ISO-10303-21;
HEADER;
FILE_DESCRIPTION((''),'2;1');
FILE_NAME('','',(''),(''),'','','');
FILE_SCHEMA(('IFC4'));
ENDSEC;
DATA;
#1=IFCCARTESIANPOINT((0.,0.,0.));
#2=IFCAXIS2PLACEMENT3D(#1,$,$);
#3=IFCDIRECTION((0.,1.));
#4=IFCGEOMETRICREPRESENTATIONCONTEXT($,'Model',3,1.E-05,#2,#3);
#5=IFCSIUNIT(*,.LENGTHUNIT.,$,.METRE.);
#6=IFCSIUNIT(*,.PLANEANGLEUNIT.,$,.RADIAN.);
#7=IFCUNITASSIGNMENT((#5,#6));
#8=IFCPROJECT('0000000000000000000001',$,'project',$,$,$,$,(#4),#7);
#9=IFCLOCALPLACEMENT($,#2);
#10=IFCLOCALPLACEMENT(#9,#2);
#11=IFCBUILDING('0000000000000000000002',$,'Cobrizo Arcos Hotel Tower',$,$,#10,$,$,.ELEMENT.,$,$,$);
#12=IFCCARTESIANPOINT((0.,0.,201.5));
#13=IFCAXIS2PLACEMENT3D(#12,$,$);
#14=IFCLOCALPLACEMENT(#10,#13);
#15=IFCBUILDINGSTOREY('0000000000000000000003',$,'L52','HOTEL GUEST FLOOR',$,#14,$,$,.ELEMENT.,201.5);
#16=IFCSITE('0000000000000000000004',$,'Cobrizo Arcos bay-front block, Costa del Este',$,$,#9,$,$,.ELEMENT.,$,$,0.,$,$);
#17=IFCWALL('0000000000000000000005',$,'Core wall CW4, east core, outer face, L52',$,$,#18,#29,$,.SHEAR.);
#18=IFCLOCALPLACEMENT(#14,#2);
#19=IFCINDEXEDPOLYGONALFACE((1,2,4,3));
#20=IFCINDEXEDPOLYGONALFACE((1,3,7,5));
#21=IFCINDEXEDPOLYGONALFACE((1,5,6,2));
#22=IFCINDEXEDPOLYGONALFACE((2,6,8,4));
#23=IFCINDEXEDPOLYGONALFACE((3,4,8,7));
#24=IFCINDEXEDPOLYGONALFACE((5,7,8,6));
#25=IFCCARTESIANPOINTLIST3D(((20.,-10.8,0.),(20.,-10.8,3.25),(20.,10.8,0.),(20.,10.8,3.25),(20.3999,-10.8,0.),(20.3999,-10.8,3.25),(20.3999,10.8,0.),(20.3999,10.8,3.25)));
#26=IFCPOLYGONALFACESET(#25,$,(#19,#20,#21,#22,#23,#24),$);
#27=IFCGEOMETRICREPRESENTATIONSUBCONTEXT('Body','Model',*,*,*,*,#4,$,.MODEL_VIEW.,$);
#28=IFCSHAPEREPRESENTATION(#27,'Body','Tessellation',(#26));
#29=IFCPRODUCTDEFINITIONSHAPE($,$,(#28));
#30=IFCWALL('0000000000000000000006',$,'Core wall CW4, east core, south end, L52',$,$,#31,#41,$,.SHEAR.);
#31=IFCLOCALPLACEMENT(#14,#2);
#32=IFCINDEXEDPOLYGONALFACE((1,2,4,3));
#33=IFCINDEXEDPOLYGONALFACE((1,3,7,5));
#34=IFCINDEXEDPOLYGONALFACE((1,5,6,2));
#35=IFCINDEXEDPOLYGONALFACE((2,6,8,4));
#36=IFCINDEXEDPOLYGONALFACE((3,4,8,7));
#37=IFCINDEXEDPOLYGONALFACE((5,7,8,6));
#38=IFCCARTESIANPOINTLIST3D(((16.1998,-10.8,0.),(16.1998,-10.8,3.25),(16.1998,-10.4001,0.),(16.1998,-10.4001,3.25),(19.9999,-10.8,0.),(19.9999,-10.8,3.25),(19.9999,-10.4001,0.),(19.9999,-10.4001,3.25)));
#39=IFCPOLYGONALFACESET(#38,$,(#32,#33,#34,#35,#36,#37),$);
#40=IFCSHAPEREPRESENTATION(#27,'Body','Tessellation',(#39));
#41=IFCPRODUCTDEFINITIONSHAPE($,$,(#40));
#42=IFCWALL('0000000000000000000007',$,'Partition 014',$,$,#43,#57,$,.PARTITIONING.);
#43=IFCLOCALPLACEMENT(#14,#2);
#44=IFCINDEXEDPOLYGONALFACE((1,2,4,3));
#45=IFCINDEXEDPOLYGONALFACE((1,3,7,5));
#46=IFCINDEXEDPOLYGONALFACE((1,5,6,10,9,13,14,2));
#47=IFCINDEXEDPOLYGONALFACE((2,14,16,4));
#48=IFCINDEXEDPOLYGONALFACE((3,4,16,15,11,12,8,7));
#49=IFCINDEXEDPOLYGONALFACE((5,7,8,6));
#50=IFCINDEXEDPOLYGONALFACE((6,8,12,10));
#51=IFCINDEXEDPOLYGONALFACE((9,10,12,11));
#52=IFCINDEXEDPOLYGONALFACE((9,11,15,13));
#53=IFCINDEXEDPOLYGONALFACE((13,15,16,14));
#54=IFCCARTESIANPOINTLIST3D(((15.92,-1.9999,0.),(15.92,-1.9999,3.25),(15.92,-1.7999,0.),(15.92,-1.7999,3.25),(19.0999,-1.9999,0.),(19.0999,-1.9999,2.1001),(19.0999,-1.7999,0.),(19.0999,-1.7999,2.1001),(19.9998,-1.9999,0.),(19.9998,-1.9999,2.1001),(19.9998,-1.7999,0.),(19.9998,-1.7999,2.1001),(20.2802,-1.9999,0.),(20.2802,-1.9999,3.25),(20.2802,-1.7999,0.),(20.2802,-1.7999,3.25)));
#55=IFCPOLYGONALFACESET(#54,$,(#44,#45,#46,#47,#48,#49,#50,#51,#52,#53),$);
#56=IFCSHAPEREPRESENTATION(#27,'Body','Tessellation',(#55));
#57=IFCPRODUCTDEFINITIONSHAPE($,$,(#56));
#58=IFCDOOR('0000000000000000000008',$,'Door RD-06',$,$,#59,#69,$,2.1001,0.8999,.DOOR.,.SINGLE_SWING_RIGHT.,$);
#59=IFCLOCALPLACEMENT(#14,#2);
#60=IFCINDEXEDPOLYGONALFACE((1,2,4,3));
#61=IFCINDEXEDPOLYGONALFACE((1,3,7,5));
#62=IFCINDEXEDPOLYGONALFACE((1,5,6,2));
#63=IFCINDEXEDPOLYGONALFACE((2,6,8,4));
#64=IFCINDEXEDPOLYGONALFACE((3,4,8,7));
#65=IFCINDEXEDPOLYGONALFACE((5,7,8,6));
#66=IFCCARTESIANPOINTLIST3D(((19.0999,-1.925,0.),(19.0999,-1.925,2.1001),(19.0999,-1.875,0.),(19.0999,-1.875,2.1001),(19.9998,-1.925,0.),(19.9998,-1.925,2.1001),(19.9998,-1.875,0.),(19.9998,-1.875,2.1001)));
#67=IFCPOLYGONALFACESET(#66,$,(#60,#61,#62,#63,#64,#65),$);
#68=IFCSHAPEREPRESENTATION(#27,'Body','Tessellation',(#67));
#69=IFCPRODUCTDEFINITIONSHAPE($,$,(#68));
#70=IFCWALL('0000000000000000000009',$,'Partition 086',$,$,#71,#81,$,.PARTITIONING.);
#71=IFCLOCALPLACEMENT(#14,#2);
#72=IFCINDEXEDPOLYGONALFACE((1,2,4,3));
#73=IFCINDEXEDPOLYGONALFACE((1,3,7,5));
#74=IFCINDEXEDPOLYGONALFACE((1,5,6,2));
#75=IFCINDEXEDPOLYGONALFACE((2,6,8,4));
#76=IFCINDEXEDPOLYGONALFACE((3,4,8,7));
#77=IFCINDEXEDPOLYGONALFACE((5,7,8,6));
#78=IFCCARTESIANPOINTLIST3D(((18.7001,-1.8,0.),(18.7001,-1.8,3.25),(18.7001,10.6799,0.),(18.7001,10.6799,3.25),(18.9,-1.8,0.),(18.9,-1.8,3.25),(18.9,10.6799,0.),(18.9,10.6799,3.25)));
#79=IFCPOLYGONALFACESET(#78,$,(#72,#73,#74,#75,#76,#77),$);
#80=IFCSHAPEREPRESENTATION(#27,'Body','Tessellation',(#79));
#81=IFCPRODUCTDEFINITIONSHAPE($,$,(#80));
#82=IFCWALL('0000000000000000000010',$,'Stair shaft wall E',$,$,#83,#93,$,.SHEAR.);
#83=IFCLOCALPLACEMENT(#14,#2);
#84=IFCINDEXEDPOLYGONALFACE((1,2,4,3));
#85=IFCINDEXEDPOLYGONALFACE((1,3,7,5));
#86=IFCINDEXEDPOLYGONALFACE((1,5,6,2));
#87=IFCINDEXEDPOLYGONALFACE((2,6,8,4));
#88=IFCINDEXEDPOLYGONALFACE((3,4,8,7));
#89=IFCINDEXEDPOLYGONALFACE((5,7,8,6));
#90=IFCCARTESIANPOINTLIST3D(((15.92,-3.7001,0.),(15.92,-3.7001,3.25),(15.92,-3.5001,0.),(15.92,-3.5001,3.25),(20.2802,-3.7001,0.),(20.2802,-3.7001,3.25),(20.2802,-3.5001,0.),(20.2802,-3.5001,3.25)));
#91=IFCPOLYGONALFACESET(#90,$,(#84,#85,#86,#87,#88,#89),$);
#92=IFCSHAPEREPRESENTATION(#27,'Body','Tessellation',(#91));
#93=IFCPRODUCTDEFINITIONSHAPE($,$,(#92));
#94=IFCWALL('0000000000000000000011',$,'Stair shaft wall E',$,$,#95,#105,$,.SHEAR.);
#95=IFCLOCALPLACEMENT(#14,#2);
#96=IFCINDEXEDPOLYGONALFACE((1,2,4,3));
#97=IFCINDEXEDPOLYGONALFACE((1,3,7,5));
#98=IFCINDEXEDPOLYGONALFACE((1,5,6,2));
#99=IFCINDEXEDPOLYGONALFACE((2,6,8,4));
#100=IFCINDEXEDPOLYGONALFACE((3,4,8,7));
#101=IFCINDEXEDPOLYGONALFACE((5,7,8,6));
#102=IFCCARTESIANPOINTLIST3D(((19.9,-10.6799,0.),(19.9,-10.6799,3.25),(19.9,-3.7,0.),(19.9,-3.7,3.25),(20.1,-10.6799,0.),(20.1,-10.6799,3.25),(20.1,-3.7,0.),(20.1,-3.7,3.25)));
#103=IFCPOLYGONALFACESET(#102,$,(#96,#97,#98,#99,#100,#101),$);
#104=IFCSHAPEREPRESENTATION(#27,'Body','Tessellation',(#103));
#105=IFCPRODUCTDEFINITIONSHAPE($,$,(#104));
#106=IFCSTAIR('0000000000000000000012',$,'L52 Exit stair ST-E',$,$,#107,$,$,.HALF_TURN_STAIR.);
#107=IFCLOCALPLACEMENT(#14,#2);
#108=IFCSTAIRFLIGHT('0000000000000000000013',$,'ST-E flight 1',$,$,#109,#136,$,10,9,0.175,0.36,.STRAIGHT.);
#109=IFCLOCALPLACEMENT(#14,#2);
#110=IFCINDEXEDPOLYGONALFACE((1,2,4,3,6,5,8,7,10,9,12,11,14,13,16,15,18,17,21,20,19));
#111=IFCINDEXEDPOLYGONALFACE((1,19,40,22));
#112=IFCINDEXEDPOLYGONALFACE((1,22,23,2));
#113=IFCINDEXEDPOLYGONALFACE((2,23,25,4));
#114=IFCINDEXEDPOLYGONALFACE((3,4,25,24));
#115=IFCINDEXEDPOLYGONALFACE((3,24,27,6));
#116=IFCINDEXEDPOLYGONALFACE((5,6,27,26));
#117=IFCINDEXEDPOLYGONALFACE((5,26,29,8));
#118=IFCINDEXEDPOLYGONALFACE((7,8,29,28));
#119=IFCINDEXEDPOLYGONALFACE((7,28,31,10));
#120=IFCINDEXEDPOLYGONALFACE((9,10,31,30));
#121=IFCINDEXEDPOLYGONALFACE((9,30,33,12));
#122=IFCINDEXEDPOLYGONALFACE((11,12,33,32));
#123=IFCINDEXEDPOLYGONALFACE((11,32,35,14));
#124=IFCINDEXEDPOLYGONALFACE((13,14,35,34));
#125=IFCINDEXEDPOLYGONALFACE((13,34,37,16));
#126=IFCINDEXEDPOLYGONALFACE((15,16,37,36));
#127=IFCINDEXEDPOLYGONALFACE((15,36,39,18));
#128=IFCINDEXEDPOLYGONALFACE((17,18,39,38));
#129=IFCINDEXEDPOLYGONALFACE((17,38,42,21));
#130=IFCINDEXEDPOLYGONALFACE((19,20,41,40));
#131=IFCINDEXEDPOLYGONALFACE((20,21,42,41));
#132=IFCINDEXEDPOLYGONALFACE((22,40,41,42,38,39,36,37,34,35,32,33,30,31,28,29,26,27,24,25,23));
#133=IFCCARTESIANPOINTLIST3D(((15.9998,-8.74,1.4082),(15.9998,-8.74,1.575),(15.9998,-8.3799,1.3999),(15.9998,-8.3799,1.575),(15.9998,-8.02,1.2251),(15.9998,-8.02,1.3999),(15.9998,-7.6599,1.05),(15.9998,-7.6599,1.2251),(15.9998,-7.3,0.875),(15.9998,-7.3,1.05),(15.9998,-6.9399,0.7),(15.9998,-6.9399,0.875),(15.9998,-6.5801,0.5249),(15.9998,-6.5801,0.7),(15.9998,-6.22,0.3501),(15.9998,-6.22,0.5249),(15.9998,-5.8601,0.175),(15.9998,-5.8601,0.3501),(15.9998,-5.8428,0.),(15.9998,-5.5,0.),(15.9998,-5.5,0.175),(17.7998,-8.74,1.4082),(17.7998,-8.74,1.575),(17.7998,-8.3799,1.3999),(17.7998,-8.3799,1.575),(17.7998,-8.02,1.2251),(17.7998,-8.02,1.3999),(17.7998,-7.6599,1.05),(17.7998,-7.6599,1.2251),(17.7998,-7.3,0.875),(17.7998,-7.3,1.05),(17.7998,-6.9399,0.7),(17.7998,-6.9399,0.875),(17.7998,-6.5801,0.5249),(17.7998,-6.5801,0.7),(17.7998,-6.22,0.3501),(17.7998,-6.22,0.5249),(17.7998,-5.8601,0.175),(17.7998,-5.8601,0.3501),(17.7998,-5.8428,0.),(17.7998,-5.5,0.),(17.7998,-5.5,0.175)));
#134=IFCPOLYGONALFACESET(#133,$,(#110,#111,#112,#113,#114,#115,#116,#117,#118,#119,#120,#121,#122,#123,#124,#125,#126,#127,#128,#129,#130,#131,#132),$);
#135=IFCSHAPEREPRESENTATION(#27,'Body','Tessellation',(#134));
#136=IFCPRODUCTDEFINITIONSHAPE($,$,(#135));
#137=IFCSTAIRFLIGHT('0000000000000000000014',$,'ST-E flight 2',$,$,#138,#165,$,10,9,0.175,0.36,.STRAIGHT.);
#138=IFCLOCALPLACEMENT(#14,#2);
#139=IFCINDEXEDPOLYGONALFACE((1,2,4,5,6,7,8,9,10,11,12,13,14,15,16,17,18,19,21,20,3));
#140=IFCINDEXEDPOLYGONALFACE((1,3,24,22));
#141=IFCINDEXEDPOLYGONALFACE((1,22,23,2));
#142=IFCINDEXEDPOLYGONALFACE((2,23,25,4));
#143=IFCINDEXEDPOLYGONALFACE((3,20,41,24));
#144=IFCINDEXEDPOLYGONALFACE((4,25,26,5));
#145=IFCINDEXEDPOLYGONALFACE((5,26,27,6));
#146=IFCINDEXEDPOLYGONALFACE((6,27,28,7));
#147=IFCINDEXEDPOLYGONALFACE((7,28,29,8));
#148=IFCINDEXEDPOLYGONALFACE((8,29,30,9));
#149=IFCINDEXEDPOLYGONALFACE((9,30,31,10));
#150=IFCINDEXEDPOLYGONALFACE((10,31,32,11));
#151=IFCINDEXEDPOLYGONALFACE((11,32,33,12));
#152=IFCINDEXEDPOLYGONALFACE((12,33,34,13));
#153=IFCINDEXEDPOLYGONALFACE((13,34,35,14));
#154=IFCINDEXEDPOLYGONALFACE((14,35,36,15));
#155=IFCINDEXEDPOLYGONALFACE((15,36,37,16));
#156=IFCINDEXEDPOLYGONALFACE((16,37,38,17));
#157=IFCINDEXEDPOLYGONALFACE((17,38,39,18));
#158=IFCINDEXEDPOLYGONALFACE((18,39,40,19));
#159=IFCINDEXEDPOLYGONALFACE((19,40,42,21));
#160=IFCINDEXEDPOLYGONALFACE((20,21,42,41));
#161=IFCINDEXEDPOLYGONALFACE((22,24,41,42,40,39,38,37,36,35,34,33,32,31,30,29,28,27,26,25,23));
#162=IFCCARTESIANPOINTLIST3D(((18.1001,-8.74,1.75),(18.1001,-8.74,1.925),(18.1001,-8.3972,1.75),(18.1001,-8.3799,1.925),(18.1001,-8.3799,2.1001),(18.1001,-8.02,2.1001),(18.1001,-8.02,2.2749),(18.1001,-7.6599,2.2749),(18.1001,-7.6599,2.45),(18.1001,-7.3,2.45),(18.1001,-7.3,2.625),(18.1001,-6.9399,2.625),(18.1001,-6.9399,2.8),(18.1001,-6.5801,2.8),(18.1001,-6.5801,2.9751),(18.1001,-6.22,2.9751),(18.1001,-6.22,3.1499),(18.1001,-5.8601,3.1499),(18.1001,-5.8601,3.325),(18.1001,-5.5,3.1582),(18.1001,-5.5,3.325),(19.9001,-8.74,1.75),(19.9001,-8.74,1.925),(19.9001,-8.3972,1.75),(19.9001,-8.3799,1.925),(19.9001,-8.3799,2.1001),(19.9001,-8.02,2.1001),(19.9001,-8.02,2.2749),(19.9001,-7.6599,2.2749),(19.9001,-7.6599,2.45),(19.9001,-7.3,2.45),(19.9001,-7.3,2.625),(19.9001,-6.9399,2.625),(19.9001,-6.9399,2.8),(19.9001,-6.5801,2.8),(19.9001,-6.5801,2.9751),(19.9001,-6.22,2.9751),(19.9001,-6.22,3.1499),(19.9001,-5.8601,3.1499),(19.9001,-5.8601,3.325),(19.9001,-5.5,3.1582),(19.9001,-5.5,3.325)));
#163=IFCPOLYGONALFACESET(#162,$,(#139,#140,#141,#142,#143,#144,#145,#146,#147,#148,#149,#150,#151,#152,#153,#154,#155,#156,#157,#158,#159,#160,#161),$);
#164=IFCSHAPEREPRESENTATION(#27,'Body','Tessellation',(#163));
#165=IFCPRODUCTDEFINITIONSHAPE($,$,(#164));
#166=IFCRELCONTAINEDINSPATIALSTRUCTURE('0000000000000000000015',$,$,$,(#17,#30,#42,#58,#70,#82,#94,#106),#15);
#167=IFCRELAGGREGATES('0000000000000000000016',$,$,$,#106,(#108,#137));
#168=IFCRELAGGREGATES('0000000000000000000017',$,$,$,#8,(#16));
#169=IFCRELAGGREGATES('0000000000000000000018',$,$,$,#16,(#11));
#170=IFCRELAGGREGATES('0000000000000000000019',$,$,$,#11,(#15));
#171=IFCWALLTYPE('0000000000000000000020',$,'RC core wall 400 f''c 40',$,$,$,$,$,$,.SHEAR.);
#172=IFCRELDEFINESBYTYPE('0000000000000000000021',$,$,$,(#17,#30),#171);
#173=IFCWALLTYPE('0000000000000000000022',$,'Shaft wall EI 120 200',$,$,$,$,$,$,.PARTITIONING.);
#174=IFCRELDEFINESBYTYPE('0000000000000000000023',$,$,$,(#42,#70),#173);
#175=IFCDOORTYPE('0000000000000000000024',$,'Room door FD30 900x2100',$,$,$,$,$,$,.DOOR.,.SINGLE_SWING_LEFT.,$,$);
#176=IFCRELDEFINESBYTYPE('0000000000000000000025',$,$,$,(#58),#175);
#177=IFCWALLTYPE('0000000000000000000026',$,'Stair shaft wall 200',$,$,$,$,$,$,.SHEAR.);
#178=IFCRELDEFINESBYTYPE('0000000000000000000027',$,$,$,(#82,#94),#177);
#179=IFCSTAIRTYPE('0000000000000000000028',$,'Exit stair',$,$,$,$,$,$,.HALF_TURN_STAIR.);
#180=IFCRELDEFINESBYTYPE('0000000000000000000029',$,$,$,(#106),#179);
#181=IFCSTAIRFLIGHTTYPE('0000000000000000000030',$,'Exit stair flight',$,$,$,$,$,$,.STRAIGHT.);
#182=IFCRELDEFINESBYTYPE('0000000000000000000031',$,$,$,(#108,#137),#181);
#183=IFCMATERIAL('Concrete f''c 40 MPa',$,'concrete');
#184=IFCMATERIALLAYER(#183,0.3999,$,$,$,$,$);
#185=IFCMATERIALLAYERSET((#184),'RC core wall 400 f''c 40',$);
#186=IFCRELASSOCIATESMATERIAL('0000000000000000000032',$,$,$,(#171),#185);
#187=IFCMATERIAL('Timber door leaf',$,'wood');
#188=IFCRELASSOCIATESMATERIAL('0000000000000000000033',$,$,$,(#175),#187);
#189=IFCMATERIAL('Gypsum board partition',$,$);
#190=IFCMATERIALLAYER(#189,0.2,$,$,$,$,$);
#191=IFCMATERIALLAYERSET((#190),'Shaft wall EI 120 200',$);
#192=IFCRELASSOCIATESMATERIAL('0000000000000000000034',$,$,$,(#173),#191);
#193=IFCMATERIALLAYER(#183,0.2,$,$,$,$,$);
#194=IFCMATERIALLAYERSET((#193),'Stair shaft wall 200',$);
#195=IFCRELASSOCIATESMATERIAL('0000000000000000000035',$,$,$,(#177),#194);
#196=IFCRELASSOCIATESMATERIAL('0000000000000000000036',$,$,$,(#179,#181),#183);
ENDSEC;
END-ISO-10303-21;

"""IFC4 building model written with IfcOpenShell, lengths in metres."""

from ifc_helpers import new_model, si_unit, direction, frame, frame_2d, origin, place, context, subcontext, project, spatial, polyline, rectangle, outline, extrude, material, layer, layer_set, type_object, element, fill, aggregate, save


model = new_model("IFC4")

# Units and contexts
model_context = context("Model", 3, precision=1e-05, world=origin(), true_north=direction((0.0, 1.0)))
body_context = subcontext(model_context, "Body", "Model", "MODEL_VIEW")
ifc_project = project(units=[si_unit("LENGTHUNIT", "METRE"), si_unit("PLANEANGLEUNIT", "RADIAN")], contexts=[model_context])

# Site, building, storey
site_placement = place(None, origin())
site = spatial("IfcSite", under=ifc_project, at=site_placement, Name="Cobrizo Arcos bay-front block, Costa del Este", CompositionType="ELEMENT", RefElevation=0.0)
building_placement = place(site_placement, origin())
building = spatial("IfcBuilding", under=site, at=building_placement, Name="Cobrizo Arcos Hotel Tower", CompositionType="ELEMENT")
storey_placement = place(building_placement, frame((0.0, 0.0, 201.5)))
storey = spatial("IfcBuildingStorey", under=building, at=storey_placement, Name="L52", Description="HOTEL GUEST FLOOR", CompositionType="ELEMENT", Elevation=201.5)

# Shared definitions
ifc_material_1 = material(Name="Gypsum board partition")

# Shared definitions
ifc_material_2 = material(Name="Concrete f'c 40 MPa", Category="concrete")
ifc_layer_1 = layer(ifc_material_2, 0.3999)
ifc_layer_set_1 = layer_set([ifc_layer_1], Name="RC core wall 400 f'c 40")
wall_type_1 = type_object("IfcWallType", Name="RC core wall 400 f'c 40", PredefinedType="SHEAR", material=ifc_layer_set_1)
ifc_material_3 = material(Name="Timber door leaf", Category="wood")
door_type_1 = type_object("IfcDoorType", Name="Room door FD30 900x2100", OperationType="SINGLE_SWING_LEFT", PredefinedType="DOOR", material=ifc_material_3)

# Walls
wall_1_placement = place(storey_placement, frame((20.2, -10.8, 0.0), z_axis=(0.0, 0.0, 1.0), x_axis=(0.0, 1.0, 0.0)))
element("IfcWall", 1, at=wall_1_placement, inside=storey, type_object=wall_type_1, Name="Core wall CW4, east core, outer face, L52", PredefinedType="SHEAR", context=body_context, shape_type="SweptSolid", body=[
    extrude(rectangle(XDim=21.6001, YDim=0.3999, at=frame_2d((10.8, 0.0))), origin(), (0.0, 0.0, 1.0), 3.25),
])
wall_2_placement = place(storey_placement, frame((16.2, -10.6001, 0.0), z_axis=(0.0, 0.0, 1.0), x_axis=(1.0, 0.0, 0.0)))
element("IfcWall", 2, at=wall_2_placement, inside=storey, type_object=wall_type_1, Name="Core wall CW4, east core, south end, L52", PredefinedType="SHEAR", context=body_context, shape_type="SweptSolid", body=[
    extrude(rectangle(XDim=3.8, YDim=0.3999, at=frame_2d((1.8999, 0.0))), origin(), (0.0, 0.0, 1.0), 3.25),
])

# Wall, opening, door
ifc_layer_2 = layer(ifc_material_1, 0.2)
ifc_layer_set_2 = layer_set([ifc_layer_2], Name="Shaft wall EI 120 200")
wall_type_2 = type_object("IfcWallType", Name="Shaft wall EI 120 200", PredefinedType="PARTITIONING", material=ifc_layer_set_2)
wall_3_placement = place(storey_placement, frame((15.9199, -1.8999, 0.0), z_axis=(0.0, 0.0, 1.0), x_axis=(1.0, 0.0, 0.0)))
wall_3 = element("IfcWall", 3, at=wall_3_placement, inside=storey, type_object=wall_type_2, Name="Partition 014", PredefinedType="PARTITIONING", context=body_context, shape_type="SweptSolid", body=[
    extrude(rectangle(XDim=4.3601, YDim=0.2, at=frame_2d((2.1802, 0.0))), origin(), (0.0, 0.0, 1.0), 3.25),
])
opening_1_placement = place(wall_3_placement, frame((3.1799, 0.0, 0.0)))
opening_1 = element("IfcOpeningElement", 4, at=opening_1_placement, cuts=wall_3, PredefinedType="OPENING", context=body_context, shape_type="SweptSolid", body=[
    extrude(rectangle(XDim=0.8999, YDim=2.1001, at=frame_2d((0.45, 1.05))), frame((0.0, 0.1121, 0.0), z_axis=(0.0, -1.0, 0.0), x_axis=(1.0, 0.0, 0.0)), (0.0, 0.0, 1.0), 0.2239),
])
door_1_placement = place(opening_1_placement, origin())
door_1 = element("IfcDoor", 5, at=door_1_placement, inside=storey, type_object=door_type_1, Name="Door RD-06", OperationType="SINGLE_SWING_RIGHT", OverallHeight=2.1001, OverallWidth=0.8999, PredefinedType="DOOR", context=body_context, shape_type="SweptSolid", body=[
    extrude(rectangle(XDim=0.8999, YDim=2.1001, at=frame_2d((0.45, 1.05))), frame((0.0, 0.0249, 0.0), z_axis=(0.0, -1.0, 0.0), x_axis=(1.0, 0.0, 0.0)), (0.0, 0.0, 1.0), 0.05),
])
fill(opening_1, door_1)

# Walls
wall_4_placement = place(storey_placement, frame((18.8, -1.8, 0.0), z_axis=(0.0, 0.0, 1.0), x_axis=(0.0, 1.0, 0.0)))
element("IfcWall", 6, at=wall_4_placement, inside=storey, type_object=wall_type_2, Name="Partition 086", PredefinedType="PARTITIONING", context=body_context, shape_type="SweptSolid", body=[
    extrude(rectangle(XDim=12.48, YDim=0.2, at=frame_2d((6.24, 0.0))), origin(), (0.0, 0.0, 1.0), 3.25),
])
ifc_layer_3 = layer(ifc_material_2, 0.2)
ifc_layer_set_3 = layer_set([ifc_layer_3], Name="Stair shaft wall 200")
wall_type_3 = type_object("IfcWallType", Name="Stair shaft wall 200", PredefinedType="SHEAR", material=ifc_layer_set_3)
wall_5_placement = place(storey_placement, frame((15.9199, -3.6001, 0.0), z_axis=(0.0, 0.0, 1.0), x_axis=(1.0, 0.0, 0.0)))
element("IfcWall", 7, at=wall_5_placement, inside=storey, type_object=wall_type_3, Name="Stair shaft wall E", PredefinedType="SHEAR", context=body_context, shape_type="SweptSolid", body=[
    extrude(rectangle(XDim=4.3601, YDim=0.2, at=frame_2d((2.1802, 0.0))), origin(), (0.0, 0.0, 1.0), 3.25),
])
wall_6_placement = place(storey_placement, frame((20.0, -10.6799, 0.0), z_axis=(0.0, 0.0, 1.0), x_axis=(0.0, 1.0, 0.0)))
element("IfcWall", 8, at=wall_6_placement, inside=storey, type_object=wall_type_3, Name="Stair shaft wall E", PredefinedType="SHEAR", context=body_context, shape_type="SweptSolid", body=[
    extrude(rectangle(XDim=6.98, YDim=0.2, at=frame_2d((3.49, 0.0))), origin(), (0.0, 0.0, 1.0), 3.25),
])

# Stair, stair flights
stair_type = type_object("IfcStairType", Name="Exit stair", PredefinedType="HALF_TURN_STAIR", material=ifc_material_2)
stair_placement = place(storey_placement, origin())
stair = element("IfcStair", 9, at=stair_placement, inside=storey, type_object=stair_type, Name="L52 Exit stair ST-E", PredefinedType="HALF_TURN_STAIR")
stair_flight_type = type_object("IfcStairFlightType", Name="Exit stair flight", PredefinedType="STRAIGHT", material=ifc_material_2)
stair_flight_1_placement = place(storey_placement, frame((16.8999, -5.5, 0.0), z_axis=(0.0, 0.0, 1.0), x_axis=(0.0, -1.0, 0.0)))
stair_flight_1 = element("IfcStairFlight", 10, at=stair_flight_1_placement, type_object=stair_flight_type, Name="ST-E flight 1", NumberOfRisers=10, NumberOfTreads=9, PredefinedType="STRAIGHT", RiserHeight=0.175, TreadLength=0.36, context=body_context, shape_type="SweptSolid", body=[
    extrude(outline(polyline([(0.0, 0.0), (0.0, 0.175), (0.3601, 0.175), (0.3601, 0.3501), (0.72, 0.3501), (0.72, 0.5249), (1.0801, 0.5249), (1.0801, 0.7), (1.4399, 0.7), (1.4399, 0.875), (1.8, 0.875), (1.8, 1.05), (2.1599, 1.05), (2.1599, 1.2251), (2.52, 1.2251), (2.52, 1.3999), (2.8799, 1.3999), (2.8799, 1.575), (3.24, 1.575), (3.24, 1.75), (3.24, 1.4082), (0.3428, 0.0), (0.0, 0.0)])), frame((0.0, 0.8999, 0.0), z_axis=(0.0, -1.0, 0.0), x_axis=(1.0, 0.0, 0.0)), (0.0, 0.0, 1.0), 1.8),
])
stair_flight_2_placement = place(storey_placement, frame((19.0, -8.74, 1.75), z_axis=(0.0, 0.0, 1.0), x_axis=(0.0, 1.0, 0.0)))
stair_flight_2 = element("IfcStairFlight", 11, at=stair_flight_2_placement, type_object=stair_flight_type, Name="ST-E flight 2", NumberOfRisers=10, NumberOfTreads=9, PredefinedType="STRAIGHT", RiserHeight=0.175, TreadLength=0.36, context=body_context, shape_type="SweptSolid", body=[
    extrude(outline(polyline([(0.0, 0.0), (0.0, 0.175), (0.3601, 0.175), (0.3601, 0.3501), (0.72, 0.3501), (0.72, 0.5249), (1.0801, 0.5249), (1.0801, 0.7), (1.4399, 0.7), (1.4399, 0.875), (1.8, 0.875), (1.8, 1.05), (2.1599, 1.05), (2.1599, 1.2251), (2.52, 1.2251), (2.52, 1.3999), (2.8799, 1.3999), (2.8799, 1.575), (3.24, 1.575), (3.24, 1.75), (3.24, 1.4082), (0.3428, 0.0), (0.0, 0.0)])), frame((0.0, 0.8999, 0.0), z_axis=(0.0, -1.0, 0.0), x_axis=(1.0, 0.0, 0.0)), (0.0, 0.0, 1.0), 1.8),
])
aggregate(stair, [stair_flight_1, stair_flight_2])

save(model, "model.ifc")
